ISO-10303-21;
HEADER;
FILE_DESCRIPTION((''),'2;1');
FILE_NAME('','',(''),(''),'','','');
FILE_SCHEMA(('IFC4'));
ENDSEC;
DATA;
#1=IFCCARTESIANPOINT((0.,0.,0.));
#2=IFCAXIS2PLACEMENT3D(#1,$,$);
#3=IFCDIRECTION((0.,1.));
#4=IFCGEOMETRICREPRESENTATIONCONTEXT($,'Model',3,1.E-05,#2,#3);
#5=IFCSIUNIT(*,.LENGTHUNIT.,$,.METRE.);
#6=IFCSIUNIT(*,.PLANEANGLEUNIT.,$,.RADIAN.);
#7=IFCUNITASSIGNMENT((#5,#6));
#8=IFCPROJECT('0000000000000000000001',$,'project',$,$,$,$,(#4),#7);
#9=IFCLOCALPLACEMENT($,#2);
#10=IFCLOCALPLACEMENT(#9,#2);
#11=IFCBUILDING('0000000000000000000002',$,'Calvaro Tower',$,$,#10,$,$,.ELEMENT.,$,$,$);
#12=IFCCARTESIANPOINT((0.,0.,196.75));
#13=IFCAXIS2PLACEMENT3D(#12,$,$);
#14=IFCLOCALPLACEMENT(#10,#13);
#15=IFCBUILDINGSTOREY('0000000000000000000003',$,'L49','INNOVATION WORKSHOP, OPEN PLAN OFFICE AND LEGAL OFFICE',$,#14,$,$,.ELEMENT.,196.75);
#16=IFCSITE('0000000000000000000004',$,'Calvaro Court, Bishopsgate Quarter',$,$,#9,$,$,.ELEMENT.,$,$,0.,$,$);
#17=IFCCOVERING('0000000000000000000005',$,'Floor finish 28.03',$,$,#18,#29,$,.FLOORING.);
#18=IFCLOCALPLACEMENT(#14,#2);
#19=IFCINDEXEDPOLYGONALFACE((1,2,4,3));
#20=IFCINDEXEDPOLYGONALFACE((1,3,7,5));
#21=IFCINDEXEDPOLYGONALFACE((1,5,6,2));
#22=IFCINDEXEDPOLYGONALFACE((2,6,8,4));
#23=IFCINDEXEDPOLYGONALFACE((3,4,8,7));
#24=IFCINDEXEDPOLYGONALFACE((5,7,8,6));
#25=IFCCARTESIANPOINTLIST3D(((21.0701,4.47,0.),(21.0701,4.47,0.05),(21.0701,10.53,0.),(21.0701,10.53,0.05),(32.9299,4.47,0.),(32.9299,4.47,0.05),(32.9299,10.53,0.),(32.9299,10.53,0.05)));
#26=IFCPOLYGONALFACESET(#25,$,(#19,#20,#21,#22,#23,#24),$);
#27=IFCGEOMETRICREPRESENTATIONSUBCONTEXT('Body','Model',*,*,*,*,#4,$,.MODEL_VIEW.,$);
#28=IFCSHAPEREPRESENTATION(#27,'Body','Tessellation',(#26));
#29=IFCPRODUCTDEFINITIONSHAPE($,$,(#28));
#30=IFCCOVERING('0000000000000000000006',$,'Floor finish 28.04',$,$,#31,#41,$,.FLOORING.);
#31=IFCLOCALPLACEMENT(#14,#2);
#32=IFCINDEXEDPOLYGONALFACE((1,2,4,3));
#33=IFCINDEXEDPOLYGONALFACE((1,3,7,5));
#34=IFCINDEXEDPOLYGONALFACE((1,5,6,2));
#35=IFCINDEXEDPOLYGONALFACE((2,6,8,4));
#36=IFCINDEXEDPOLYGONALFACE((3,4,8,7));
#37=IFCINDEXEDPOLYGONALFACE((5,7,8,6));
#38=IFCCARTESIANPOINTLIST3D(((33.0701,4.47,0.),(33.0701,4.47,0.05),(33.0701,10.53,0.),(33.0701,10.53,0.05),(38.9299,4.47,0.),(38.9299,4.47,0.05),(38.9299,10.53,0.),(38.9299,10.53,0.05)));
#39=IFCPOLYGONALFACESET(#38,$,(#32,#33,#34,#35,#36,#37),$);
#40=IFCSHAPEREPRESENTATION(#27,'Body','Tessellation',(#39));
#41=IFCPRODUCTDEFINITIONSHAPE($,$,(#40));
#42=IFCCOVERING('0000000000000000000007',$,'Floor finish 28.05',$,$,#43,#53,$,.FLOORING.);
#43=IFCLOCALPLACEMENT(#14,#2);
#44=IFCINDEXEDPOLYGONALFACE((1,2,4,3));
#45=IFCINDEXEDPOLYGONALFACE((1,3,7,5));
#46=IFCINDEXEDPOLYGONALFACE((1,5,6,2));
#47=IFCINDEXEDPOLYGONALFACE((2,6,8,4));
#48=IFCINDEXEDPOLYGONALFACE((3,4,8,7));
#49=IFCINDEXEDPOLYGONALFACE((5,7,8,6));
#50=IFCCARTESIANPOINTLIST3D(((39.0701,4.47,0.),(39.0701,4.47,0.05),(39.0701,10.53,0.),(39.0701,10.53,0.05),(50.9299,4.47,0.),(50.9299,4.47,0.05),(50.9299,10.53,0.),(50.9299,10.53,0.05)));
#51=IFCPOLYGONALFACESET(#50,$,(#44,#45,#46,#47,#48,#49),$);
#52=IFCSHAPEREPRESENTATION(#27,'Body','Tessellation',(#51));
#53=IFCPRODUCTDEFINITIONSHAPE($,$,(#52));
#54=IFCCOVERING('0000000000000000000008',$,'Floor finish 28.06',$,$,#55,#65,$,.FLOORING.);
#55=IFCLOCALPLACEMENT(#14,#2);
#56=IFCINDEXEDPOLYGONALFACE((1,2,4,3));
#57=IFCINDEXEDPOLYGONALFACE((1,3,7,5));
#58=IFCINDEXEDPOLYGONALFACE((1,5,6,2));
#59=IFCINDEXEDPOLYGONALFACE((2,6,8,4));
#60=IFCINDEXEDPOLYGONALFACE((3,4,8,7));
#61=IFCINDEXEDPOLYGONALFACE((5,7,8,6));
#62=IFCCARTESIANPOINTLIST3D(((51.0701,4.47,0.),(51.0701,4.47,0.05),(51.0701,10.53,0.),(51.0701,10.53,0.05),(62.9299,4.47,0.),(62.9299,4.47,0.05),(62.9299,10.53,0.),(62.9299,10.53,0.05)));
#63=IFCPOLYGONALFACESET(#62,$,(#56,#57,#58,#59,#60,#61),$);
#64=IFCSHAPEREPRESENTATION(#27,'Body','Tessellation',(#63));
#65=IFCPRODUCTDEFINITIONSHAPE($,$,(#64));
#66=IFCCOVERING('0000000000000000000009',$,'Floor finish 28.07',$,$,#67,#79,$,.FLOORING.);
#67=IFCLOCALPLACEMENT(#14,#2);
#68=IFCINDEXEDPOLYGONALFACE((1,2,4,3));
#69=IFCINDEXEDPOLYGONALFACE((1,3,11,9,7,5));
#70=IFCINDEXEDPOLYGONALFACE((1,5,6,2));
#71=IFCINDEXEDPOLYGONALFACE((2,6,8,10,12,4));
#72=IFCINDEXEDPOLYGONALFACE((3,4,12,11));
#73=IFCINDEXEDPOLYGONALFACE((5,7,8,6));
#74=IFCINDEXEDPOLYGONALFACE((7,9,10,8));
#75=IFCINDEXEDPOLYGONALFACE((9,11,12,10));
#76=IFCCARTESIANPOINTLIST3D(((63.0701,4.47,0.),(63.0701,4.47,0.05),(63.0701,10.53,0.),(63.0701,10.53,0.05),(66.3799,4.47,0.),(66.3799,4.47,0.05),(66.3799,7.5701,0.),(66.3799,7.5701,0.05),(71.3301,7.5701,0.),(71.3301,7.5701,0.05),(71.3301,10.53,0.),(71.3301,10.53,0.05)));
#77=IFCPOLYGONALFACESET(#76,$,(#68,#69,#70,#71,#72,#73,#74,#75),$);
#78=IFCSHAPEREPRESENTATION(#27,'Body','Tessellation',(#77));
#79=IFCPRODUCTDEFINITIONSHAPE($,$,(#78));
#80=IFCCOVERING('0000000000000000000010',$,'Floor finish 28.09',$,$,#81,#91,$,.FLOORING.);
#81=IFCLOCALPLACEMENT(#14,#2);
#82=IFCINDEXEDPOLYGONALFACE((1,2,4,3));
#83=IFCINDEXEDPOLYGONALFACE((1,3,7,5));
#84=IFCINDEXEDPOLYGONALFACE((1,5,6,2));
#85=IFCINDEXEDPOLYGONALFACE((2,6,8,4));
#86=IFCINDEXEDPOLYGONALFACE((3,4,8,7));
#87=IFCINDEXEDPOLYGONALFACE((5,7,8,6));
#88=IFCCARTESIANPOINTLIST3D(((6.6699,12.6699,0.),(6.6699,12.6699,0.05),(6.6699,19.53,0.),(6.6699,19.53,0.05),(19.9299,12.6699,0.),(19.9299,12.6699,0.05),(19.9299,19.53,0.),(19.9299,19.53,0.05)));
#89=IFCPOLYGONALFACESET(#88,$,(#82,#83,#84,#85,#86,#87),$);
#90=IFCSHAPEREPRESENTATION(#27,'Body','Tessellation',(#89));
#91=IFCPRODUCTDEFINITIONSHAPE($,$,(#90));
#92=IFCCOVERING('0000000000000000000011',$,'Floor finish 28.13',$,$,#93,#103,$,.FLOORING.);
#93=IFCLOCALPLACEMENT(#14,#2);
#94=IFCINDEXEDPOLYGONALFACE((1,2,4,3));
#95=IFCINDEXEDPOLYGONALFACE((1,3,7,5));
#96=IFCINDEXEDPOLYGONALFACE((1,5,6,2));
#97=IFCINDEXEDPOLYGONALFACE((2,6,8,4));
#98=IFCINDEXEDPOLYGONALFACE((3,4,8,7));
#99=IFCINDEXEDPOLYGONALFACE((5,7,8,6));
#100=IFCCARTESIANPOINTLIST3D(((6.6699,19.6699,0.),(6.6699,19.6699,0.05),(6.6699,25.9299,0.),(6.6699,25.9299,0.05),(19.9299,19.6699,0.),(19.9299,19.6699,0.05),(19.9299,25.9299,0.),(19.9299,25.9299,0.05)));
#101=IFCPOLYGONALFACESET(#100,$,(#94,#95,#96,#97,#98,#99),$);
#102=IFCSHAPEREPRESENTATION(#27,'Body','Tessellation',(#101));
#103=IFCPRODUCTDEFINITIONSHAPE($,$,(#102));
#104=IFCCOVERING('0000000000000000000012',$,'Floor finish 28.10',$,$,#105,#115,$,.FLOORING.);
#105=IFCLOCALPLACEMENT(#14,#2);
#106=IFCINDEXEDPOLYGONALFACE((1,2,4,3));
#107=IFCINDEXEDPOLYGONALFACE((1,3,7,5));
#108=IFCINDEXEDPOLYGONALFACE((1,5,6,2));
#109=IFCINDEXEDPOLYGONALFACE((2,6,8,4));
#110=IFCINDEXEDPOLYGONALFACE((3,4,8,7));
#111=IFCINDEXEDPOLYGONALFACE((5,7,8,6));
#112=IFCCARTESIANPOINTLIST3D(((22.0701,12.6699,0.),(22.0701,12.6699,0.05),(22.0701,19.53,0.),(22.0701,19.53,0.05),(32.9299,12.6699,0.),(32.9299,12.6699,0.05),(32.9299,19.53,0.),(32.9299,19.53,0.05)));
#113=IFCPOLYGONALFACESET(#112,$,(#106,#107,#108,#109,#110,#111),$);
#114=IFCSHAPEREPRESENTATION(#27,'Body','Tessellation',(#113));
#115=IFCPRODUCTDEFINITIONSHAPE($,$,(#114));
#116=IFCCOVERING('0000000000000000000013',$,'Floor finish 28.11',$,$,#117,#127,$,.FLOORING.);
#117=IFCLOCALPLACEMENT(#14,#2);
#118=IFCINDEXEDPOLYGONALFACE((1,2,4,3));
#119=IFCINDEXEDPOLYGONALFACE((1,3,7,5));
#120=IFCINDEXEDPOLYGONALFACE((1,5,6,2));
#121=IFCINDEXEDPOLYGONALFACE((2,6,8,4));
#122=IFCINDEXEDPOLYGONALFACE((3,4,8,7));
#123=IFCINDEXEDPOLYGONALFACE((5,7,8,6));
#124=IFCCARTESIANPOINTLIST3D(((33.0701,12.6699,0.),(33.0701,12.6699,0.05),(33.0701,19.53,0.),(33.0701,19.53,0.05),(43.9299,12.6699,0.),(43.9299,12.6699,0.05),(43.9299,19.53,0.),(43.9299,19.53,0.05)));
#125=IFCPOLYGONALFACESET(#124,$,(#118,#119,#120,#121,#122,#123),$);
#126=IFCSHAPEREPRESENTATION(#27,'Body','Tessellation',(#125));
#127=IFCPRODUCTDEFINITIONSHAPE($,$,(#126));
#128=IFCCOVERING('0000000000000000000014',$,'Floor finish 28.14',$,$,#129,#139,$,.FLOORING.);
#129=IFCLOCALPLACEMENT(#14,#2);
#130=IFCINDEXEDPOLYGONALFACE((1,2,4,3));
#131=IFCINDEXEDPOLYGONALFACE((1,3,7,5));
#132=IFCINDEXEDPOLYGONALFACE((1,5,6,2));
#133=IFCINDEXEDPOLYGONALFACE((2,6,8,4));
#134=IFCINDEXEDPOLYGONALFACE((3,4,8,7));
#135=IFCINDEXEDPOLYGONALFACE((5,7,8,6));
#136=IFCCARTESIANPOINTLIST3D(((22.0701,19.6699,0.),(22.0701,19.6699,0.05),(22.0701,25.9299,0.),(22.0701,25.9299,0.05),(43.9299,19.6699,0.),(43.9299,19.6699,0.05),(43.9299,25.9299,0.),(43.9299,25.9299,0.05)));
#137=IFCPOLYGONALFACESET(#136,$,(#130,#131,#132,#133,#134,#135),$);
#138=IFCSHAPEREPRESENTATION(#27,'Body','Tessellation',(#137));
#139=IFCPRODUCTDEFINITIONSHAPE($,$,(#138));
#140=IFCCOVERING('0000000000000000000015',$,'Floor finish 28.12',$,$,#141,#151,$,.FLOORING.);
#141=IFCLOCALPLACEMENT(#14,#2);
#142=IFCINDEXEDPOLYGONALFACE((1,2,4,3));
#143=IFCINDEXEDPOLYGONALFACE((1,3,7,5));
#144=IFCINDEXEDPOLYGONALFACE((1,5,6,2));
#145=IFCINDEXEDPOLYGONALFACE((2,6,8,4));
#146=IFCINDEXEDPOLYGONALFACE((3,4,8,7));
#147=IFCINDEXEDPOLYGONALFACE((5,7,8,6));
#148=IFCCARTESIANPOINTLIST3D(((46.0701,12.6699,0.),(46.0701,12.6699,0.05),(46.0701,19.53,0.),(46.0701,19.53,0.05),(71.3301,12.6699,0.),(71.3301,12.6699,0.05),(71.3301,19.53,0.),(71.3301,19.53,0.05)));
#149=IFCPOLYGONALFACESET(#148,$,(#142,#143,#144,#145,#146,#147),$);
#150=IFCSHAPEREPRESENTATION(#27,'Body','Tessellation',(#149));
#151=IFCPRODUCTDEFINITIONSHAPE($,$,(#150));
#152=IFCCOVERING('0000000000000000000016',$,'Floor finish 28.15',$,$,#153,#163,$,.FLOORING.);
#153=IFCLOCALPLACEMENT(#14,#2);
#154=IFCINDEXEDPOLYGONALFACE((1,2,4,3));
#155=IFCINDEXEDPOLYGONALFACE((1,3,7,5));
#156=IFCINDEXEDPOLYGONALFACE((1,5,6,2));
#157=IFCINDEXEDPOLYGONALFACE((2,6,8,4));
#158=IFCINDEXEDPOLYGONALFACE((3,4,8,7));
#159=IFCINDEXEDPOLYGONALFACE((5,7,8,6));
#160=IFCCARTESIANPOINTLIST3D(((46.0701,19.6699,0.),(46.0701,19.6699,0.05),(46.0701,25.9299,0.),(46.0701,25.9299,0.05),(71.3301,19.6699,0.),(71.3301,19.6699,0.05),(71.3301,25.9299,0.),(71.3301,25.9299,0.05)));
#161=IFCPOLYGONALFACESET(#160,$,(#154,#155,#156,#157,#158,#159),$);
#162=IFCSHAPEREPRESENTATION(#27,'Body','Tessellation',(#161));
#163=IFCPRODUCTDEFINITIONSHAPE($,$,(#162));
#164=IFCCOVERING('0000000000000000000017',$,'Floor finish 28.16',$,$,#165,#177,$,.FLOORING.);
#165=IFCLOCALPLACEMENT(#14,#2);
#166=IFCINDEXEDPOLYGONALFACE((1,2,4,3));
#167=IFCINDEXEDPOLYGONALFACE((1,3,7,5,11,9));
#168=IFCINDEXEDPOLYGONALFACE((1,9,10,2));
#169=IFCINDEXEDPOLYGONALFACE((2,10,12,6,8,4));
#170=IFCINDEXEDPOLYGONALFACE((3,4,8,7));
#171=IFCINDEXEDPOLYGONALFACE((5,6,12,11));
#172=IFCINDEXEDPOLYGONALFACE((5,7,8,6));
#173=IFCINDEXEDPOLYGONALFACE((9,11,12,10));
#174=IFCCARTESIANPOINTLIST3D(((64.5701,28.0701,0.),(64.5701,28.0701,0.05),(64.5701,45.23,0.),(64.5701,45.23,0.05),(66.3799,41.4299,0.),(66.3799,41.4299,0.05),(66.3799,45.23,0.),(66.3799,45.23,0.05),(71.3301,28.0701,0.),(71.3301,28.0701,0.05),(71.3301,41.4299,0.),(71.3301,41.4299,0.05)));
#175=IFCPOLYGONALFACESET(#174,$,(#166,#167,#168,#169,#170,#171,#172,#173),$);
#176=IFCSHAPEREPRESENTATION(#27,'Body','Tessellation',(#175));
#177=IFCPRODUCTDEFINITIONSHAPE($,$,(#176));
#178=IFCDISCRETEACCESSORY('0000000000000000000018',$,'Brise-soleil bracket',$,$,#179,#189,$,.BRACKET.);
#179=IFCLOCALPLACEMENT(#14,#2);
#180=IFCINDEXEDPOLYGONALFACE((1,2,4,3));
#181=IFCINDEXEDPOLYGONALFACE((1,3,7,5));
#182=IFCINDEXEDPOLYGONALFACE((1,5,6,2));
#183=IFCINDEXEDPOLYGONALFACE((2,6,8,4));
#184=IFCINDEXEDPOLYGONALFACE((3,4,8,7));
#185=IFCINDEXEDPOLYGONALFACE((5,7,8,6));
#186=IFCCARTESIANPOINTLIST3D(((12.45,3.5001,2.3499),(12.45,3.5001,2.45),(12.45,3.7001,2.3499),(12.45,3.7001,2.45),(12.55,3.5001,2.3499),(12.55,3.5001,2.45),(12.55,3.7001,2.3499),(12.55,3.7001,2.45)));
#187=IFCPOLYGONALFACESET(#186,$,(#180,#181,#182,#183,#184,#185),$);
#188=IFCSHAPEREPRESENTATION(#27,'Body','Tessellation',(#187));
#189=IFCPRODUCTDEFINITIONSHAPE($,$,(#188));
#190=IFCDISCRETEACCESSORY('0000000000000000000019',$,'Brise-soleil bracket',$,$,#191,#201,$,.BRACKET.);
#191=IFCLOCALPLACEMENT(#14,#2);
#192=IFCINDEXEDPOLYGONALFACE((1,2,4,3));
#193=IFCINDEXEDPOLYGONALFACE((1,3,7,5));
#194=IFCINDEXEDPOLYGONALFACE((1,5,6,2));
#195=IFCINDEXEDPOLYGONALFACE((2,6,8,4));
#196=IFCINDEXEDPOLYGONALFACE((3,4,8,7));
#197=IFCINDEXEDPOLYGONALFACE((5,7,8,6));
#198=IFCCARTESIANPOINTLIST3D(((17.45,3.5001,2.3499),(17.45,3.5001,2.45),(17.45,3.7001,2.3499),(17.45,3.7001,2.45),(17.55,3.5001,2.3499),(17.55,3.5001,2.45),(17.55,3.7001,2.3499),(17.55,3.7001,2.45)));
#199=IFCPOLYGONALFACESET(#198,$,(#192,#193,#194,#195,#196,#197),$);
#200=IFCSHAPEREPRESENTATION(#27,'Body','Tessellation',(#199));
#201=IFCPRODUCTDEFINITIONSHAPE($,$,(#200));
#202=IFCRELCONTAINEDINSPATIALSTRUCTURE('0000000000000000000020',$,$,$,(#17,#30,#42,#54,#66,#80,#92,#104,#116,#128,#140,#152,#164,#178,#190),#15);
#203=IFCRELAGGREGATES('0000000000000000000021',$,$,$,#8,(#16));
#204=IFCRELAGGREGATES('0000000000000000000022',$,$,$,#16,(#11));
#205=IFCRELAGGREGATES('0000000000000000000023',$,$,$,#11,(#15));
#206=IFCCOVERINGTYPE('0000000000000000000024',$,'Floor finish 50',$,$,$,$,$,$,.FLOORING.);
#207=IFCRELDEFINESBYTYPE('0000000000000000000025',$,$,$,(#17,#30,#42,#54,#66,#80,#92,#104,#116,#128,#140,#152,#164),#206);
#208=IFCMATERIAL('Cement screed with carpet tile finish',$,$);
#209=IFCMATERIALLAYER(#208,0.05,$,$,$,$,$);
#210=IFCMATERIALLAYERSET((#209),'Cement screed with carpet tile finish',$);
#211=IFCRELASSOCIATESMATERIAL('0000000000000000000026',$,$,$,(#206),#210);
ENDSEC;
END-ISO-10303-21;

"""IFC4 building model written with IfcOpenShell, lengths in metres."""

from ifc_helpers import new_model, si_unit, direction, frame, origin, origin_2d, place, context, subcontext, project, spatial, polyline, rectangle, outline, extrude, material, layer, layer_set, type_object, element, save


model = new_model("IFC4")

# Units and contexts
model_context = context("Model", 3, precision=1e-05, world=origin(), true_north=direction((0.0, 1.0)))
body_context = subcontext(model_context, "Body", "Model", "MODEL_VIEW")
ifc_project = project(units=[si_unit("LENGTHUNIT", "METRE"), si_unit("PLANEANGLEUNIT", "RADIAN")], contexts=[model_context])

# Site, building, storey
site_placement = place(None, origin())
site = spatial("IfcSite", under=ifc_project, at=site_placement, Name="Calvaro Court, Bishopsgate Quarter", CompositionType="ELEMENT", RefElevation=0.0)
building_placement = place(site_placement, origin())
building = spatial("IfcBuilding", under=site, at=building_placement, Name="Calvaro Tower", CompositionType="ELEMENT")
storey_placement = place(building_placement, frame((0.0, 0.0, 196.75)))
storey = spatial("IfcBuildingStorey", under=building, at=storey_placement, Name="L49", Description="INNOVATION WORKSHOP, OPEN PLAN OFFICE AND LEGAL OFFICE", CompositionType="ELEMENT", Elevation=196.75)

# Coverings
ifc_material_1 = material(Name="Cement screed with carpet tile finish")
ifc_layer_1 = layer(ifc_material_1, 0.05)
ifc_layer_set_1 = layer_set([ifc_layer_1], Name="Cement screed with carpet tile finish")
covering_type = type_object("IfcCoveringType", Name="Floor finish 50", PredefinedType="FLOORING", material=ifc_layer_set_1)
covering_1_placement = place(storey_placement, origin())
element("IfcCovering", 1, at=covering_1_placement, inside=storey, type_object=covering_type, Name="Floor finish 28.03", PredefinedType="FLOORING", context=body_context, shape_type="SweptSolid", body=[
    extrude(outline(polyline([(21.0701, 10.53), (32.9299, 10.53), (32.9299, 4.47), (21.0701, 4.47), (21.0701, 10.53)])), origin(), (0.0, 0.0, 1.0), 0.05),
])
covering_2_placement = place(storey_placement, origin())
element("IfcCovering", 2, at=covering_2_placement, inside=storey, type_object=covering_type, Name="Floor finish 28.04", PredefinedType="FLOORING", context=body_context, shape_type="SweptSolid", body=[
    extrude(outline(polyline([(33.0701, 10.53), (38.9299, 10.53), (38.9299, 4.47), (33.0701, 4.47), (33.0701, 10.53)])), origin(), (0.0, 0.0, 1.0), 0.05),
])
covering_3_placement = place(storey_placement, origin())
element("IfcCovering", 3, at=covering_3_placement, inside=storey, type_object=covering_type, Name="Floor finish 28.05", PredefinedType="FLOORING", context=body_context, shape_type="SweptSolid", body=[
    extrude(outline(polyline([(39.0701, 10.53), (50.9299, 10.53), (50.9299, 4.47), (39.0701, 4.47), (39.0701, 10.53)])), origin(), (0.0, 0.0, 1.0), 0.05),
])
covering_4_placement = place(storey_placement, origin())
element("IfcCovering", 4, at=covering_4_placement, inside=storey, type_object=covering_type, Name="Floor finish 28.06", PredefinedType="FLOORING", context=body_context, shape_type="SweptSolid", body=[
    extrude(outline(polyline([(51.0701, 10.53), (62.9299, 10.53), (62.9299, 4.47), (51.0701, 4.47), (51.0701, 10.53)])), origin(), (0.0, 0.0, 1.0), 0.05),
])
covering_5_placement = place(storey_placement, origin())
element("IfcCovering", 5, at=covering_5_placement, inside=storey, type_object=covering_type, Name="Floor finish 28.07", PredefinedType="FLOORING", context=body_context, shape_type="SweptSolid", body=[
    extrude(outline(polyline([(71.3301, 7.5701), (66.3799, 7.5701), (66.3799, 4.47), (63.0701, 4.47), (63.0701, 10.53), (71.3301, 10.53), (71.3301, 7.5701)])), origin(), (0.0, 0.0, 1.0), 0.05),
])
covering_6_placement = place(storey_placement, origin())
element("IfcCovering", 6, at=covering_6_placement, inside=storey, type_object=covering_type, Name="Floor finish 28.09", PredefinedType="FLOORING", context=body_context, shape_type="SweptSolid", body=[
    extrude(outline(polyline([(19.9299, 19.53), (19.9299, 12.6699), (6.6699, 12.6699), (6.6699, 19.53), (19.9299, 19.53)])), origin(), (0.0, 0.0, 1.0), 0.05),
])
covering_7_placement = place(storey_placement, origin())
element("IfcCovering", 7, at=covering_7_placement, inside=storey, type_object=covering_type, Name="Floor finish 28.13", PredefinedType="FLOORING", context=body_context, shape_type="SweptSolid", body=[
    extrude(outline(polyline([(19.9299, 25.9299), (19.9299, 19.6699), (6.6699, 19.6699), (6.6699, 25.9299), (19.9299, 25.9299)])), origin(), (0.0, 0.0, 1.0), 0.05),
])
covering_8_placement = place(storey_placement, origin())
element("IfcCovering", 8, at=covering_8_placement, inside=storey, type_object=covering_type, Name="Floor finish 28.10", PredefinedType="FLOORING", context=body_context, shape_type="SweptSolid", body=[
    extrude(outline(polyline([(22.0701, 12.6699), (22.0701, 19.53), (32.9299, 19.53), (32.9299, 12.6699), (22.0701, 12.6699)])), origin(), (0.0, 0.0, 1.0), 0.05),
])
covering_9_placement = place(storey_placement, origin())
element("IfcCovering", 9, at=covering_9_placement, inside=storey, type_object=covering_type, Name="Floor finish 28.11", PredefinedType="FLOORING", context=body_context, shape_type="SweptSolid", body=[
    extrude(outline(polyline([(33.0701, 12.6699), (33.0701, 19.53), (43.9299, 19.53), (43.9299, 12.6699), (33.0701, 12.6699)])), origin(), (0.0, 0.0, 1.0), 0.05),
])
covering_10_placement = place(storey_placement, origin())
element("IfcCovering", 10, at=covering_10_placement, inside=storey, type_object=covering_type, Name="Floor finish 28.14", PredefinedType="FLOORING", context=body_context, shape_type="SweptSolid", body=[
    extrude(outline(polyline([(22.0701, 19.6699), (22.0701, 25.9299), (43.9299, 25.9299), (43.9299, 19.6699), (22.0701, 19.6699)])), origin(), (0.0, 0.0, 1.0), 0.05),
])
covering_11_placement = place(storey_placement, origin())
element("IfcCovering", 11, at=covering_11_placement, inside=storey, type_object=covering_type, Name="Floor finish 28.12", PredefinedType="FLOORING", context=body_context, shape_type="SweptSolid", body=[
    extrude(outline(polyline([(71.3301, 12.6699), (46.0701, 12.6699), (46.0701, 19.53), (71.3301, 19.53), (71.3301, 12.6699)])), origin(), (0.0, 0.0, 1.0), 0.05),
])
covering_12_placement = place(storey_placement, origin())
element("IfcCovering", 12, at=covering_12_placement, inside=storey, type_object=covering_type, Name="Floor finish 28.15", PredefinedType="FLOORING", context=body_context, shape_type="SweptSolid", body=[
    extrude(outline(polyline([(71.3301, 19.6699), (46.0701, 19.6699), (46.0701, 25.9299), (71.3301, 25.9299), (71.3301, 19.6699)])), origin(), (0.0, 0.0, 1.0), 0.05),
])
covering_13_placement = place(storey_placement, origin())
element("IfcCovering", 13, at=covering_13_placement, inside=storey, type_object=covering_type, Name="Floor finish 28.16", PredefinedType="FLOORING", context=body_context, shape_type="SweptSolid", body=[
    extrude(outline(polyline([(71.3301, 28.0701), (64.5701, 28.0701), (64.5701, 45.23), (66.3799, 45.23), (66.3799, 41.4299), (71.3301, 41.4299), (71.3301, 28.0701)])), origin(), (0.0, 0.0, 1.0), 0.05),
])

# Discrete accessories
for number, where, z_axis, x_axis, name in (
    (14, (12.5, 3.6001, 2.3499), (0.0, 0.0, 1.0), (1.0, 0.0, 0.0), "Brise-soleil bracket"),
    (15, (17.5, 3.6001, 2.3499), (0.0, 0.0, 1.0), (1.0, 0.0, 0.0), "Brise-soleil bracket"),
):
    element("IfcDiscreteAccessory", number, at=place(storey_placement, frame(where, z_axis=z_axis, x_axis=x_axis)), inside=storey, Name=name, PredefinedType="BRACKET", context=body_context, shape_type="SweptSolid", body=[
        extrude(rectangle(XDim=0.1001, YDim=0.2, at=origin_2d()), origin(), (0.0, 0.0, 1.0), 0.1001),
    ])

save(model, "model.ifc")
